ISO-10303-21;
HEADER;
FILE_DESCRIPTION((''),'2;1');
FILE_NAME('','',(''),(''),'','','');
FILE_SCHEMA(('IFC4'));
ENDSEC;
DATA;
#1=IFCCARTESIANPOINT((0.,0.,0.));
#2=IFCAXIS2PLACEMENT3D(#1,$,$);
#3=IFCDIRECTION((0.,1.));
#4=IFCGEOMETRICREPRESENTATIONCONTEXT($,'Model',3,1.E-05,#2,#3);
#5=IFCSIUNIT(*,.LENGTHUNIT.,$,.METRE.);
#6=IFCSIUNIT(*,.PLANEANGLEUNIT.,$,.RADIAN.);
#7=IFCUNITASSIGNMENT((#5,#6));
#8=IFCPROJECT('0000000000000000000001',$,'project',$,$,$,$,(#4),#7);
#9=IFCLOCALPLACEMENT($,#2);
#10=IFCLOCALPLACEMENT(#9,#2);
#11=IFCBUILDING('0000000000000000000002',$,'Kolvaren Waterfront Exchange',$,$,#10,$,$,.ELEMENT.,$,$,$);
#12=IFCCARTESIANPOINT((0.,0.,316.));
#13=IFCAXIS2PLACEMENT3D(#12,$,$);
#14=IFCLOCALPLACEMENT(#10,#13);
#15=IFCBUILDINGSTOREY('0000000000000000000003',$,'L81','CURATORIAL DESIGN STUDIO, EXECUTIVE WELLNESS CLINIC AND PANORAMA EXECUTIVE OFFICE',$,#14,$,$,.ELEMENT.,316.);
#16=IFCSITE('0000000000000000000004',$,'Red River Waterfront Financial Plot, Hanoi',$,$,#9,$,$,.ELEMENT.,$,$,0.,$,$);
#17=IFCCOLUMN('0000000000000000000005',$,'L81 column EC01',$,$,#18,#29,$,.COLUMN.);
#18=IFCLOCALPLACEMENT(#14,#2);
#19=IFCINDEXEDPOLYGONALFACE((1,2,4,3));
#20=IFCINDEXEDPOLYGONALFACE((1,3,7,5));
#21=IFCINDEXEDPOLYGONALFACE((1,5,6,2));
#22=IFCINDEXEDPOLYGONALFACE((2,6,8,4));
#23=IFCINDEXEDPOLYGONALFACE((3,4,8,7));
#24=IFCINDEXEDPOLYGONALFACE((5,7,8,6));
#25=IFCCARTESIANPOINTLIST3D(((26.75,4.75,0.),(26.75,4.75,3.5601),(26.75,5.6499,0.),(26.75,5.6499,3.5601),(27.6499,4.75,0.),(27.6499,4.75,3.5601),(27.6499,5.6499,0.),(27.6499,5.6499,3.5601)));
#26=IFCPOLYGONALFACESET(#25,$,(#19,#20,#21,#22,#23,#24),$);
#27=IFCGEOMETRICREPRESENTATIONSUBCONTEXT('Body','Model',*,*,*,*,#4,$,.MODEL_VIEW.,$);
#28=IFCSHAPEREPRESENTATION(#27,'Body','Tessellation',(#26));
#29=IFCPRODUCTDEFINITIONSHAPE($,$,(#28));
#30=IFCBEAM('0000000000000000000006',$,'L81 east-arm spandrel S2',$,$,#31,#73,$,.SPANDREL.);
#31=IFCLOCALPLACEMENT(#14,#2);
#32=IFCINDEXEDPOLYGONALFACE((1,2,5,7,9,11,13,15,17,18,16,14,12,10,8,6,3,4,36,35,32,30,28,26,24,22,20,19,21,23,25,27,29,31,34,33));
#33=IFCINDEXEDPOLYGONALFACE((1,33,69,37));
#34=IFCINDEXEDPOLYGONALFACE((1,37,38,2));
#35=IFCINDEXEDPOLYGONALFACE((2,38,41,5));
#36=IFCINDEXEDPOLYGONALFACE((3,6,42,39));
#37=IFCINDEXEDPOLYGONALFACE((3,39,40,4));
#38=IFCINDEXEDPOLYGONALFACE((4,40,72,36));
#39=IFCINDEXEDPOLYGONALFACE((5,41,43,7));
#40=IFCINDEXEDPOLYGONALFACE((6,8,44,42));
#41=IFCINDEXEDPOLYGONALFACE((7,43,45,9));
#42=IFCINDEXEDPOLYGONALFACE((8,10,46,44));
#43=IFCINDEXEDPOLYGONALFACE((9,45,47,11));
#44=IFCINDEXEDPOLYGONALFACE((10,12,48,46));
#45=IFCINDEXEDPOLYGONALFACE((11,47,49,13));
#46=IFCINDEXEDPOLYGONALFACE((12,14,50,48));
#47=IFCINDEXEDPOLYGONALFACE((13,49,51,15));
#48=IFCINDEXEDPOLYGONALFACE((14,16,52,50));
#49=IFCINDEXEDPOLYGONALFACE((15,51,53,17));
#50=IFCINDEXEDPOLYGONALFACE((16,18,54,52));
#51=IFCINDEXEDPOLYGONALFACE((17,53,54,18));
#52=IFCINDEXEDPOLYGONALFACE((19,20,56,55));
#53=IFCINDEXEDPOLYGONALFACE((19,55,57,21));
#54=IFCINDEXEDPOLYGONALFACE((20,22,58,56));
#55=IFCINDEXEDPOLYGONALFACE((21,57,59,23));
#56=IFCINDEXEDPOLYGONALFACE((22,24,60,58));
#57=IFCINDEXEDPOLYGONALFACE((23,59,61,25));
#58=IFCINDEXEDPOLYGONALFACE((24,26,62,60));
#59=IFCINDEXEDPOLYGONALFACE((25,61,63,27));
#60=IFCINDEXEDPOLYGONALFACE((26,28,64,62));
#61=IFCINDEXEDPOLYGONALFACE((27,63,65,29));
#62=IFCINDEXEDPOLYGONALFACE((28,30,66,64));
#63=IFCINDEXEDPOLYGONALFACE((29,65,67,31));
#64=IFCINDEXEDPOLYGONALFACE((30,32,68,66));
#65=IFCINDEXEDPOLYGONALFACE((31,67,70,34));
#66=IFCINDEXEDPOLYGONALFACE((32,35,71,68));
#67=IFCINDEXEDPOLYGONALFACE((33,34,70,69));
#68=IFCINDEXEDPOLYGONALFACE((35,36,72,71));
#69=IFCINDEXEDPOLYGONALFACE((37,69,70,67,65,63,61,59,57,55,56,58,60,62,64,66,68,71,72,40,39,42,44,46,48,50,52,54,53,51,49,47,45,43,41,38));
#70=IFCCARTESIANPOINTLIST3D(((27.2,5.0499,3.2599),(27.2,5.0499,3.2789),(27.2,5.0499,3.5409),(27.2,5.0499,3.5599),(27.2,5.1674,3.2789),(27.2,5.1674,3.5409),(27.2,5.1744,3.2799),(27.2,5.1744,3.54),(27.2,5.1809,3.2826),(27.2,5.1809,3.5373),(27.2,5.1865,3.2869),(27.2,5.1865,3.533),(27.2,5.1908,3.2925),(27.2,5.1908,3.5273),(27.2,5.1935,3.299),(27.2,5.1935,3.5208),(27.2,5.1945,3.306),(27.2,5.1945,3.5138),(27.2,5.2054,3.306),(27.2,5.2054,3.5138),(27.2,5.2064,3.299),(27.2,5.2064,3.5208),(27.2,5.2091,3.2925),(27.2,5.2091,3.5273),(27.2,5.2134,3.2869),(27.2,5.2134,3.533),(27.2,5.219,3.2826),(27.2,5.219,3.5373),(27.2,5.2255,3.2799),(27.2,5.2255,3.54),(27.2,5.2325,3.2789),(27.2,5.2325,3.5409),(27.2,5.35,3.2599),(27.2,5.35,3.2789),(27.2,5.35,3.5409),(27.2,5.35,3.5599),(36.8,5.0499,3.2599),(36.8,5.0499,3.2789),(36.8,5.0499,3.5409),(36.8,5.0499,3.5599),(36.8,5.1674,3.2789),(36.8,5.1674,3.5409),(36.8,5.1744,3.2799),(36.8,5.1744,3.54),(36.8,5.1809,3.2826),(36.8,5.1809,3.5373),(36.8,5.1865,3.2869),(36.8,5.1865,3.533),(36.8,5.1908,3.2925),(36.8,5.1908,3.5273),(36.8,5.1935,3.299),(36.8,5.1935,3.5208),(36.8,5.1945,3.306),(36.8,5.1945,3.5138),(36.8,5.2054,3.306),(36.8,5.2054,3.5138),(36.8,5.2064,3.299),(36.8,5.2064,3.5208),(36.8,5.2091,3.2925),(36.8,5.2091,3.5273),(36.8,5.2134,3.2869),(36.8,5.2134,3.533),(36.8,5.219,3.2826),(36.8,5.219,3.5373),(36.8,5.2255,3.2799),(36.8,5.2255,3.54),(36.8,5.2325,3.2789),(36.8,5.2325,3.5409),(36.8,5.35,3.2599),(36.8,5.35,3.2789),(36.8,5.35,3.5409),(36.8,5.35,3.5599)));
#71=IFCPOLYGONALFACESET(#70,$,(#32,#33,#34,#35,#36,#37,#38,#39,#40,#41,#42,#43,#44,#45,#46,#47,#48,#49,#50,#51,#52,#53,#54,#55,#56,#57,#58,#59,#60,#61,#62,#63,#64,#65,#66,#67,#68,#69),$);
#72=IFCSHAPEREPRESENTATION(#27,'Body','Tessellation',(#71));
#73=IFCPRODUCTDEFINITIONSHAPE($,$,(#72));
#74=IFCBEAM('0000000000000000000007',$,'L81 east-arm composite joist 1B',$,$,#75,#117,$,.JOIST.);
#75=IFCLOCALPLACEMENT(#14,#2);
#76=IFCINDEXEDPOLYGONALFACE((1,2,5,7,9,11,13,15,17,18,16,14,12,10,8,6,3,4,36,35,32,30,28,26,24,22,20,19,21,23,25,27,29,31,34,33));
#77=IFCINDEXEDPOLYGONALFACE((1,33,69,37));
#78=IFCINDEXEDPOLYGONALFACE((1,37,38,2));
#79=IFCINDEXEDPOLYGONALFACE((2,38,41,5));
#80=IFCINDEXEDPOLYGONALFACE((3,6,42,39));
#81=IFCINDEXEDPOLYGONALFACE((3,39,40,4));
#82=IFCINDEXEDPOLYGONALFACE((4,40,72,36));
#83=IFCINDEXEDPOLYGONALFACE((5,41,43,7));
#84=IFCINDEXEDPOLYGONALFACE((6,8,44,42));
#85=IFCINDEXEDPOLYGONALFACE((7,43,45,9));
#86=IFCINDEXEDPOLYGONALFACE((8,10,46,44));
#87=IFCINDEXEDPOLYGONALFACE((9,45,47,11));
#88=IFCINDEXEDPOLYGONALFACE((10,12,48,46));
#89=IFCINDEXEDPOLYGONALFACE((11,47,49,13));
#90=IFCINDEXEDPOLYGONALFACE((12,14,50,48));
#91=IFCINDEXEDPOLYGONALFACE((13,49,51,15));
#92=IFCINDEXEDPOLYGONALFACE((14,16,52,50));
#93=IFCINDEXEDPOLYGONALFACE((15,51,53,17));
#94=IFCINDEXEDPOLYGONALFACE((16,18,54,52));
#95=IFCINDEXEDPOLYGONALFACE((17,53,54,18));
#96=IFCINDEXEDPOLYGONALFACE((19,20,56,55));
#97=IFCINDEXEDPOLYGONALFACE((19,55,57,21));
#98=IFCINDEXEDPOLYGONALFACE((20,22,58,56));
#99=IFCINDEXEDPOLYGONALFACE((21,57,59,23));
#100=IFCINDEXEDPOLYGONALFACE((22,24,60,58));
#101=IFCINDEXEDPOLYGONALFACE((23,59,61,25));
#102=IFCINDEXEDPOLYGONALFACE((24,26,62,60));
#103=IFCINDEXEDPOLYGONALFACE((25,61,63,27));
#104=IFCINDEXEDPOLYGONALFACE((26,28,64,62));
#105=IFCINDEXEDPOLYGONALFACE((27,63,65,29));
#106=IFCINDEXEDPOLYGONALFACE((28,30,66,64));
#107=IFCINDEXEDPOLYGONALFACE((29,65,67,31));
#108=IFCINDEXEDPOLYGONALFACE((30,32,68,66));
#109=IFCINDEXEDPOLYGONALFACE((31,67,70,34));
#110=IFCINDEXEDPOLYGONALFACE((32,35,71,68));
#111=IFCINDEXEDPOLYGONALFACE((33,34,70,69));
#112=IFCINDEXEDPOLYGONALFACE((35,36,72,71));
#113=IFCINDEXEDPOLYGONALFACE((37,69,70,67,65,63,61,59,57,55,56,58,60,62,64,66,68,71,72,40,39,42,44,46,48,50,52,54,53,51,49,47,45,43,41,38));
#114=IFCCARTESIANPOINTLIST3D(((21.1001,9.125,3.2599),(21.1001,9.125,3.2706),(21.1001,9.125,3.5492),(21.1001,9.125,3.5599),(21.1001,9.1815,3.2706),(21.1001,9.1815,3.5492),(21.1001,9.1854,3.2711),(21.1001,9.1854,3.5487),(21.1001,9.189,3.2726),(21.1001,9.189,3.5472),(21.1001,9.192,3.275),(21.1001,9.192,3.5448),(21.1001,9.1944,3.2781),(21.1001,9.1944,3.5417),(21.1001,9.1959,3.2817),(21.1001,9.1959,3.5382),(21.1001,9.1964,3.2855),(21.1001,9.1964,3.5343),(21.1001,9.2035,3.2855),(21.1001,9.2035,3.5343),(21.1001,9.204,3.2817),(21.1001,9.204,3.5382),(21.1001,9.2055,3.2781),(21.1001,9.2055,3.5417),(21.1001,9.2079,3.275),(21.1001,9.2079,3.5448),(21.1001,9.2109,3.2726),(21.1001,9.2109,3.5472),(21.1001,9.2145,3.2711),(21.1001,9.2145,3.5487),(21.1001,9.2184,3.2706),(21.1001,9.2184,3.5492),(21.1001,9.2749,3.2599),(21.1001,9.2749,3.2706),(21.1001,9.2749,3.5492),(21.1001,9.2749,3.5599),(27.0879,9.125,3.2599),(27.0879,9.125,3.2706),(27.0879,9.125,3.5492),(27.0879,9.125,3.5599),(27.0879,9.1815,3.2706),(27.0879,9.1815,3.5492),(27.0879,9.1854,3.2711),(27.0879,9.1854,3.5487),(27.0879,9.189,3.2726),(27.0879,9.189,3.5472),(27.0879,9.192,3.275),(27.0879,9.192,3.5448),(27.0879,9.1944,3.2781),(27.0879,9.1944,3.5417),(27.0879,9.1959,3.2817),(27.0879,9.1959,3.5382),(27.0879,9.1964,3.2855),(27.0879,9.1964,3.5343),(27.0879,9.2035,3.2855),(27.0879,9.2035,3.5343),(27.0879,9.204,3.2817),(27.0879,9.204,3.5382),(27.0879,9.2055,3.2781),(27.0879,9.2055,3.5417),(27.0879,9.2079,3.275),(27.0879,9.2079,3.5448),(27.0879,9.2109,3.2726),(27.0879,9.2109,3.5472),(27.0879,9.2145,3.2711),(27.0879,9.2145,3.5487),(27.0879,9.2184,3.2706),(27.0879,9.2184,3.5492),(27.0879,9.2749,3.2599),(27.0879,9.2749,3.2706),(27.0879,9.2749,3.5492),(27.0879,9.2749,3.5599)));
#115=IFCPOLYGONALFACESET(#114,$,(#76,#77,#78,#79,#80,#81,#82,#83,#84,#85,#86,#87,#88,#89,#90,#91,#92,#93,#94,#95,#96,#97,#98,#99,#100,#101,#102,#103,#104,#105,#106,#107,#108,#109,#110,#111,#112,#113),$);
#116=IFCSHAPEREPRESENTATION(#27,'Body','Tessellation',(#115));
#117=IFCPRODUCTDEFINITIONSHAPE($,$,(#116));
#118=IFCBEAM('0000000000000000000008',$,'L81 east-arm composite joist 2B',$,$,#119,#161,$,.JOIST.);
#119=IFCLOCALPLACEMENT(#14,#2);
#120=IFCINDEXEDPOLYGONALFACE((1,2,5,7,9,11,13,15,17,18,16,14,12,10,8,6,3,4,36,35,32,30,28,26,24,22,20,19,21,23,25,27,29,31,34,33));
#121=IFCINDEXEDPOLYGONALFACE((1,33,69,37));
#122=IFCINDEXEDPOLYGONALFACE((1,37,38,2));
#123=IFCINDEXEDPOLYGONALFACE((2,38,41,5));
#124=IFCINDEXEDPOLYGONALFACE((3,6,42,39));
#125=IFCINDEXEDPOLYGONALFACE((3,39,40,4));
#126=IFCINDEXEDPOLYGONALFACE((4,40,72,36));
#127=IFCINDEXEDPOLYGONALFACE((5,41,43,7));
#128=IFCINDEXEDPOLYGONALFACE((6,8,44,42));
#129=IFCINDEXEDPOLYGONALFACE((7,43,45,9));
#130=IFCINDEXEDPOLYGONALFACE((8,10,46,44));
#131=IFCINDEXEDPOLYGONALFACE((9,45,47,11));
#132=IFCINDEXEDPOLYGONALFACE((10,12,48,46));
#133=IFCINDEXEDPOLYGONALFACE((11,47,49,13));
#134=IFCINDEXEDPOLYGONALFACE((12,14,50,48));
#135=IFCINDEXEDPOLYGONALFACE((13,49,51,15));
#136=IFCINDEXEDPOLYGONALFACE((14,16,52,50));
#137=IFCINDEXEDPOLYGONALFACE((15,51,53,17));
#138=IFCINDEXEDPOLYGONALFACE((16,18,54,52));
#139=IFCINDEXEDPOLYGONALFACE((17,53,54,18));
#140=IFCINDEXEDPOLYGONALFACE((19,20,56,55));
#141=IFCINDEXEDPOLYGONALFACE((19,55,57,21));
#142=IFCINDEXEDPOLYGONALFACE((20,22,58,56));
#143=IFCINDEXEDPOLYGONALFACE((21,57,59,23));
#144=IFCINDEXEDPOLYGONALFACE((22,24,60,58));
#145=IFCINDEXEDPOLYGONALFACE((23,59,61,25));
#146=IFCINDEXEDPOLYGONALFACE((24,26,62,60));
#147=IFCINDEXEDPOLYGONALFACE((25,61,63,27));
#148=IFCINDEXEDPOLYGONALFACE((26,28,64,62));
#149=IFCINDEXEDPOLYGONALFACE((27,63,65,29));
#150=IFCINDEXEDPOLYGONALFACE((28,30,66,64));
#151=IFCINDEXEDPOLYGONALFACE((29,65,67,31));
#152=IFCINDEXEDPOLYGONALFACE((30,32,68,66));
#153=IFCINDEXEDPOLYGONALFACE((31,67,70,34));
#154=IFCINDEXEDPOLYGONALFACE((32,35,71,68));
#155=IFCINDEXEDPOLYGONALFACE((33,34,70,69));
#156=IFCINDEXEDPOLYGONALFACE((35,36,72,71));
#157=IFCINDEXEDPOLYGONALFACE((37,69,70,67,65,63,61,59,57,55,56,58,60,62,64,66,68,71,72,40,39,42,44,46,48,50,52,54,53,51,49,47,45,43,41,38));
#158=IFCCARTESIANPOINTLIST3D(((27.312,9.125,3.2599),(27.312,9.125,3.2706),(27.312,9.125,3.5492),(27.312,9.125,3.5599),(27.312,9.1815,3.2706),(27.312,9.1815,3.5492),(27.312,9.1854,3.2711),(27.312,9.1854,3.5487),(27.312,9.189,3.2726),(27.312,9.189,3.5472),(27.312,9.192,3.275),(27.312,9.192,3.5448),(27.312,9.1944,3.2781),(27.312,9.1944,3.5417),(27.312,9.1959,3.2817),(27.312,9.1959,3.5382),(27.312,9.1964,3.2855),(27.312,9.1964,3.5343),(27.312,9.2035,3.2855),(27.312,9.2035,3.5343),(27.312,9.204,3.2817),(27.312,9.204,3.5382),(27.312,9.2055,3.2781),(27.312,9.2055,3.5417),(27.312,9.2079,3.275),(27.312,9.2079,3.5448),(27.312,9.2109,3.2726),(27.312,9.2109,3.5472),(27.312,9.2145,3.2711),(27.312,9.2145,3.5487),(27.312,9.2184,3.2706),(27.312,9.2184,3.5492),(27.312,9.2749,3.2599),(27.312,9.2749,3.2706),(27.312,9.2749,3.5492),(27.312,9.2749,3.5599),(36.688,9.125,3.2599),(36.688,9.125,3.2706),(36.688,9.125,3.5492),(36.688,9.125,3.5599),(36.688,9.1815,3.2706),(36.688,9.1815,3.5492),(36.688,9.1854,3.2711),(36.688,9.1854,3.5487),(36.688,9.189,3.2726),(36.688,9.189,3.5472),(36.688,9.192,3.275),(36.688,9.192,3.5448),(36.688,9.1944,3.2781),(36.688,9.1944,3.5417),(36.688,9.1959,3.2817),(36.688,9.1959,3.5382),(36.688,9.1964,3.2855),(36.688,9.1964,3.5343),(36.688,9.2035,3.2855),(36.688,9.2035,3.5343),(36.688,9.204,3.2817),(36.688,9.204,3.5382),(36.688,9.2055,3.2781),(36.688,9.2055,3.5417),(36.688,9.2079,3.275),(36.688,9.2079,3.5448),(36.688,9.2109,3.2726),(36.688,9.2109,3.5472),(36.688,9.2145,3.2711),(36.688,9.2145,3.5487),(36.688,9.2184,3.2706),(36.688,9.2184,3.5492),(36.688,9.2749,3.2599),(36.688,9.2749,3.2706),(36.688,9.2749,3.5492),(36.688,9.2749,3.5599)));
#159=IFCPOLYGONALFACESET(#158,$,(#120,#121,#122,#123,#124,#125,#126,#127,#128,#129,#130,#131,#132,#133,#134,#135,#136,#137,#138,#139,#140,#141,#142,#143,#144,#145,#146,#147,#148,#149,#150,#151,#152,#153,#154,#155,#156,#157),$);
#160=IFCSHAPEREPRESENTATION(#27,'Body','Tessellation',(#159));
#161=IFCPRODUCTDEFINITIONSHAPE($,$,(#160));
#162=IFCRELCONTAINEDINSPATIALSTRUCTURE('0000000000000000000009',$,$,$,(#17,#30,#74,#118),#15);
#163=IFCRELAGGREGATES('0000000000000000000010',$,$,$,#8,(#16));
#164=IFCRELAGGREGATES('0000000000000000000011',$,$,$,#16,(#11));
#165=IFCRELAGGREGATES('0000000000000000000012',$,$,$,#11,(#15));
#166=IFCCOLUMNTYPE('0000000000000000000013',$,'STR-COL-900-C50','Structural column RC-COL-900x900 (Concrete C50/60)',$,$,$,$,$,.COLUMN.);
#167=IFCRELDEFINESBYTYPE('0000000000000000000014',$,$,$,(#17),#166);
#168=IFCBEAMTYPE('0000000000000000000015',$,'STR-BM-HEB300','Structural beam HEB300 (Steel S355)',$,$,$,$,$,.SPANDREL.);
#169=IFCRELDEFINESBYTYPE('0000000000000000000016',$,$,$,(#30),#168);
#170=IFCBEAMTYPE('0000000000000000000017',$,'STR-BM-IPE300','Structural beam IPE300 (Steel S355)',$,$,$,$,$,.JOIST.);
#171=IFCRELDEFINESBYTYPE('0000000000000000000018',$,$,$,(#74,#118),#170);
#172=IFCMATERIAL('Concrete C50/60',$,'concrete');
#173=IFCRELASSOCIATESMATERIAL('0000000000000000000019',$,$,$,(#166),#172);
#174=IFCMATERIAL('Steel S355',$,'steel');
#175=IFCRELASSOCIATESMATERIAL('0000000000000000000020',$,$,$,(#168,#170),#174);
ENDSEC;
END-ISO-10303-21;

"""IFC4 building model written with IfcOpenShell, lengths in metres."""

from ifc_helpers import new_model, si_unit, direction, frame, origin, origin_2d, place, context, subcontext, project, spatial, rectangle, i_section, extrude, material, material_profile, profile_set, type_object, element, save


model = new_model("IFC4")

# Units and contexts
model_context = context("Model", 3, precision=1e-05, world=origin(), true_north=direction((0.0, 1.0)))
body_context = subcontext(model_context, "Body", "Model", "MODEL_VIEW")
ifc_project = project(units=[si_unit("LENGTHUNIT", "METRE"), si_unit("PLANEANGLEUNIT", "RADIAN")], contexts=[model_context])

# Site, building, storey
site_placement = place(None, origin())
site = spatial("IfcSite", under=ifc_project, at=site_placement, Name="Red River Waterfront Financial Plot, Hanoi", CompositionType="ELEMENT", RefElevation=0.0)
building_placement = place(site_placement, origin())
building = spatial("IfcBuilding", under=site, at=building_placement, Name="Kolvaren Waterfront Exchange", CompositionType="ELEMENT")
storey_placement = place(building_placement, frame((0.0, 0.0, 316.0)))
storey = spatial("IfcBuildingStorey", under=building, at=storey_placement, Name="L81", Description="CURATORIAL DESIGN STUDIO, EXECUTIVE WELLNESS CLINIC AND PANORAMA EXECUTIVE OFFICE", CompositionType="ELEMENT", Elevation=316.0)

# Column
ifc_material_1 = material(Name="Concrete C50/60", Category="concrete")
ifc_material_profile_1 = material_profile(ifc_material_1, rectangle(XDim=0.8999, YDim=0.8999, at=origin_2d()), Name="RC-COL-900x900")
ifc_profile_set_1 = profile_set([ifc_material_profile_1], Name="Concrete C50/60")
column_type = type_object("IfcColumnType", Name="STR-COL-900-C50", Description="Structural column RC-COL-900x900 (Concrete C50/60)", PredefinedType="COLUMN", material=ifc_profile_set_1)
column_placement = place(storey_placement, frame((27.2, 5.2, 0.0), z_axis=(0.0, 0.0, 1.0), x_axis=(1.0, 0.0, 0.0)))
element("IfcColumn", 1, at=column_placement, inside=storey, type_object=column_type, Name="L81 column EC01", PredefinedType="COLUMN", context=body_context, shape_type="SweptSolid", body=[
    extrude(rectangle(XDim=0.8999, YDim=0.8999, at=origin_2d()), origin(), (0.0, 0.0, 1.0), 3.5601),
])

# Beams
ifc_material_2 = material(Name="Steel S355", Category="steel")
ifc_material_profile_2 = material_profile(ifc_material_2, i_section(OverallWidth=0.3, OverallDepth=0.3, WebThickness=0.011, FlangeThickness=0.019, FilletRadius=0.0271, at=origin_2d()), Name="HEB300")
ifc_profile_set_2 = profile_set([ifc_material_profile_2], Name="Steel S355")
beam_type_1 = type_object("IfcBeamType", Name="STR-BM-HEB300", Description="Structural beam HEB300 (Steel S355)", PredefinedType="SPANDREL", material=ifc_profile_set_2)
beam_1_placement = place(storey_placement, frame((27.2, 5.2, 3.4099), z_axis=(1.0, 0.0, 0.0), x_axis=(0.0, 1.0, 0.0)))
element("IfcBeam", 2, at=beam_1_placement, inside=storey, type_object=beam_type_1, Name="L81 east-arm spandrel S2", PredefinedType="SPANDREL", context=body_context, shape_type="SweptSolid", body=[
    extrude(i_section(OverallWidth=0.3, OverallDepth=0.3, WebThickness=0.011, FlangeThickness=0.019, FilletRadius=0.0271, at=origin_2d()), origin(), (0.0, 0.0, 1.0), 9.6001),
])
ifc_material_profile_3 = material_profile(ifc_material_2, i_section(OverallWidth=0.1499, OverallDepth=0.3, WebThickness=0.0071, FlangeThickness=0.0107, FilletRadius=0.0149, at=origin_2d()), Name="IPE300")
ifc_profile_set_3 = profile_set([ifc_material_profile_3], Name="Steel S355")
beam_type_2 = type_object("IfcBeamType", Name="STR-BM-IPE300", Description="Structural beam IPE300 (Steel S355)", PredefinedType="JOIST", material=ifc_profile_set_3)
beam_2_placement = place(storey_placement, frame((21.1001, 9.2, 3.4099), z_axis=(1.0, 0.0, 0.0), x_axis=(0.0, 1.0, 0.0)))
element("IfcBeam", 3, at=beam_2_placement, inside=storey, type_object=beam_type_2, Name="L81 east-arm composite joist 1B", PredefinedType="JOIST", context=body_context, shape_type="SweptSolid", body=[
    extrude(i_section(OverallWidth=0.1499, OverallDepth=0.3, WebThickness=0.0071, FlangeThickness=0.0107, FilletRadius=0.0149, at=origin_2d()), origin(), (0.0, 0.0, 1.0), 5.9878),
])
beam_3_placement = place(storey_placement, frame((27.312, 9.2, 3.4099), z_axis=(1.0, 0.0, 0.0), x_axis=(0.0, 1.0, 0.0)))
element("IfcBeam", 4, at=beam_3_placement, inside=storey, type_object=beam_type_2, Name="L81 east-arm composite joist 2B", PredefinedType="JOIST", context=body_context, shape_type="SweptSolid", body=[
    extrude(i_section(OverallWidth=0.1499, OverallDepth=0.3, WebThickness=0.0071, FlangeThickness=0.0107, FilletRadius=0.0149, at=origin_2d()), origin(), (0.0, 0.0, 1.0), 9.376),
])

save(model, "model.ifc")
